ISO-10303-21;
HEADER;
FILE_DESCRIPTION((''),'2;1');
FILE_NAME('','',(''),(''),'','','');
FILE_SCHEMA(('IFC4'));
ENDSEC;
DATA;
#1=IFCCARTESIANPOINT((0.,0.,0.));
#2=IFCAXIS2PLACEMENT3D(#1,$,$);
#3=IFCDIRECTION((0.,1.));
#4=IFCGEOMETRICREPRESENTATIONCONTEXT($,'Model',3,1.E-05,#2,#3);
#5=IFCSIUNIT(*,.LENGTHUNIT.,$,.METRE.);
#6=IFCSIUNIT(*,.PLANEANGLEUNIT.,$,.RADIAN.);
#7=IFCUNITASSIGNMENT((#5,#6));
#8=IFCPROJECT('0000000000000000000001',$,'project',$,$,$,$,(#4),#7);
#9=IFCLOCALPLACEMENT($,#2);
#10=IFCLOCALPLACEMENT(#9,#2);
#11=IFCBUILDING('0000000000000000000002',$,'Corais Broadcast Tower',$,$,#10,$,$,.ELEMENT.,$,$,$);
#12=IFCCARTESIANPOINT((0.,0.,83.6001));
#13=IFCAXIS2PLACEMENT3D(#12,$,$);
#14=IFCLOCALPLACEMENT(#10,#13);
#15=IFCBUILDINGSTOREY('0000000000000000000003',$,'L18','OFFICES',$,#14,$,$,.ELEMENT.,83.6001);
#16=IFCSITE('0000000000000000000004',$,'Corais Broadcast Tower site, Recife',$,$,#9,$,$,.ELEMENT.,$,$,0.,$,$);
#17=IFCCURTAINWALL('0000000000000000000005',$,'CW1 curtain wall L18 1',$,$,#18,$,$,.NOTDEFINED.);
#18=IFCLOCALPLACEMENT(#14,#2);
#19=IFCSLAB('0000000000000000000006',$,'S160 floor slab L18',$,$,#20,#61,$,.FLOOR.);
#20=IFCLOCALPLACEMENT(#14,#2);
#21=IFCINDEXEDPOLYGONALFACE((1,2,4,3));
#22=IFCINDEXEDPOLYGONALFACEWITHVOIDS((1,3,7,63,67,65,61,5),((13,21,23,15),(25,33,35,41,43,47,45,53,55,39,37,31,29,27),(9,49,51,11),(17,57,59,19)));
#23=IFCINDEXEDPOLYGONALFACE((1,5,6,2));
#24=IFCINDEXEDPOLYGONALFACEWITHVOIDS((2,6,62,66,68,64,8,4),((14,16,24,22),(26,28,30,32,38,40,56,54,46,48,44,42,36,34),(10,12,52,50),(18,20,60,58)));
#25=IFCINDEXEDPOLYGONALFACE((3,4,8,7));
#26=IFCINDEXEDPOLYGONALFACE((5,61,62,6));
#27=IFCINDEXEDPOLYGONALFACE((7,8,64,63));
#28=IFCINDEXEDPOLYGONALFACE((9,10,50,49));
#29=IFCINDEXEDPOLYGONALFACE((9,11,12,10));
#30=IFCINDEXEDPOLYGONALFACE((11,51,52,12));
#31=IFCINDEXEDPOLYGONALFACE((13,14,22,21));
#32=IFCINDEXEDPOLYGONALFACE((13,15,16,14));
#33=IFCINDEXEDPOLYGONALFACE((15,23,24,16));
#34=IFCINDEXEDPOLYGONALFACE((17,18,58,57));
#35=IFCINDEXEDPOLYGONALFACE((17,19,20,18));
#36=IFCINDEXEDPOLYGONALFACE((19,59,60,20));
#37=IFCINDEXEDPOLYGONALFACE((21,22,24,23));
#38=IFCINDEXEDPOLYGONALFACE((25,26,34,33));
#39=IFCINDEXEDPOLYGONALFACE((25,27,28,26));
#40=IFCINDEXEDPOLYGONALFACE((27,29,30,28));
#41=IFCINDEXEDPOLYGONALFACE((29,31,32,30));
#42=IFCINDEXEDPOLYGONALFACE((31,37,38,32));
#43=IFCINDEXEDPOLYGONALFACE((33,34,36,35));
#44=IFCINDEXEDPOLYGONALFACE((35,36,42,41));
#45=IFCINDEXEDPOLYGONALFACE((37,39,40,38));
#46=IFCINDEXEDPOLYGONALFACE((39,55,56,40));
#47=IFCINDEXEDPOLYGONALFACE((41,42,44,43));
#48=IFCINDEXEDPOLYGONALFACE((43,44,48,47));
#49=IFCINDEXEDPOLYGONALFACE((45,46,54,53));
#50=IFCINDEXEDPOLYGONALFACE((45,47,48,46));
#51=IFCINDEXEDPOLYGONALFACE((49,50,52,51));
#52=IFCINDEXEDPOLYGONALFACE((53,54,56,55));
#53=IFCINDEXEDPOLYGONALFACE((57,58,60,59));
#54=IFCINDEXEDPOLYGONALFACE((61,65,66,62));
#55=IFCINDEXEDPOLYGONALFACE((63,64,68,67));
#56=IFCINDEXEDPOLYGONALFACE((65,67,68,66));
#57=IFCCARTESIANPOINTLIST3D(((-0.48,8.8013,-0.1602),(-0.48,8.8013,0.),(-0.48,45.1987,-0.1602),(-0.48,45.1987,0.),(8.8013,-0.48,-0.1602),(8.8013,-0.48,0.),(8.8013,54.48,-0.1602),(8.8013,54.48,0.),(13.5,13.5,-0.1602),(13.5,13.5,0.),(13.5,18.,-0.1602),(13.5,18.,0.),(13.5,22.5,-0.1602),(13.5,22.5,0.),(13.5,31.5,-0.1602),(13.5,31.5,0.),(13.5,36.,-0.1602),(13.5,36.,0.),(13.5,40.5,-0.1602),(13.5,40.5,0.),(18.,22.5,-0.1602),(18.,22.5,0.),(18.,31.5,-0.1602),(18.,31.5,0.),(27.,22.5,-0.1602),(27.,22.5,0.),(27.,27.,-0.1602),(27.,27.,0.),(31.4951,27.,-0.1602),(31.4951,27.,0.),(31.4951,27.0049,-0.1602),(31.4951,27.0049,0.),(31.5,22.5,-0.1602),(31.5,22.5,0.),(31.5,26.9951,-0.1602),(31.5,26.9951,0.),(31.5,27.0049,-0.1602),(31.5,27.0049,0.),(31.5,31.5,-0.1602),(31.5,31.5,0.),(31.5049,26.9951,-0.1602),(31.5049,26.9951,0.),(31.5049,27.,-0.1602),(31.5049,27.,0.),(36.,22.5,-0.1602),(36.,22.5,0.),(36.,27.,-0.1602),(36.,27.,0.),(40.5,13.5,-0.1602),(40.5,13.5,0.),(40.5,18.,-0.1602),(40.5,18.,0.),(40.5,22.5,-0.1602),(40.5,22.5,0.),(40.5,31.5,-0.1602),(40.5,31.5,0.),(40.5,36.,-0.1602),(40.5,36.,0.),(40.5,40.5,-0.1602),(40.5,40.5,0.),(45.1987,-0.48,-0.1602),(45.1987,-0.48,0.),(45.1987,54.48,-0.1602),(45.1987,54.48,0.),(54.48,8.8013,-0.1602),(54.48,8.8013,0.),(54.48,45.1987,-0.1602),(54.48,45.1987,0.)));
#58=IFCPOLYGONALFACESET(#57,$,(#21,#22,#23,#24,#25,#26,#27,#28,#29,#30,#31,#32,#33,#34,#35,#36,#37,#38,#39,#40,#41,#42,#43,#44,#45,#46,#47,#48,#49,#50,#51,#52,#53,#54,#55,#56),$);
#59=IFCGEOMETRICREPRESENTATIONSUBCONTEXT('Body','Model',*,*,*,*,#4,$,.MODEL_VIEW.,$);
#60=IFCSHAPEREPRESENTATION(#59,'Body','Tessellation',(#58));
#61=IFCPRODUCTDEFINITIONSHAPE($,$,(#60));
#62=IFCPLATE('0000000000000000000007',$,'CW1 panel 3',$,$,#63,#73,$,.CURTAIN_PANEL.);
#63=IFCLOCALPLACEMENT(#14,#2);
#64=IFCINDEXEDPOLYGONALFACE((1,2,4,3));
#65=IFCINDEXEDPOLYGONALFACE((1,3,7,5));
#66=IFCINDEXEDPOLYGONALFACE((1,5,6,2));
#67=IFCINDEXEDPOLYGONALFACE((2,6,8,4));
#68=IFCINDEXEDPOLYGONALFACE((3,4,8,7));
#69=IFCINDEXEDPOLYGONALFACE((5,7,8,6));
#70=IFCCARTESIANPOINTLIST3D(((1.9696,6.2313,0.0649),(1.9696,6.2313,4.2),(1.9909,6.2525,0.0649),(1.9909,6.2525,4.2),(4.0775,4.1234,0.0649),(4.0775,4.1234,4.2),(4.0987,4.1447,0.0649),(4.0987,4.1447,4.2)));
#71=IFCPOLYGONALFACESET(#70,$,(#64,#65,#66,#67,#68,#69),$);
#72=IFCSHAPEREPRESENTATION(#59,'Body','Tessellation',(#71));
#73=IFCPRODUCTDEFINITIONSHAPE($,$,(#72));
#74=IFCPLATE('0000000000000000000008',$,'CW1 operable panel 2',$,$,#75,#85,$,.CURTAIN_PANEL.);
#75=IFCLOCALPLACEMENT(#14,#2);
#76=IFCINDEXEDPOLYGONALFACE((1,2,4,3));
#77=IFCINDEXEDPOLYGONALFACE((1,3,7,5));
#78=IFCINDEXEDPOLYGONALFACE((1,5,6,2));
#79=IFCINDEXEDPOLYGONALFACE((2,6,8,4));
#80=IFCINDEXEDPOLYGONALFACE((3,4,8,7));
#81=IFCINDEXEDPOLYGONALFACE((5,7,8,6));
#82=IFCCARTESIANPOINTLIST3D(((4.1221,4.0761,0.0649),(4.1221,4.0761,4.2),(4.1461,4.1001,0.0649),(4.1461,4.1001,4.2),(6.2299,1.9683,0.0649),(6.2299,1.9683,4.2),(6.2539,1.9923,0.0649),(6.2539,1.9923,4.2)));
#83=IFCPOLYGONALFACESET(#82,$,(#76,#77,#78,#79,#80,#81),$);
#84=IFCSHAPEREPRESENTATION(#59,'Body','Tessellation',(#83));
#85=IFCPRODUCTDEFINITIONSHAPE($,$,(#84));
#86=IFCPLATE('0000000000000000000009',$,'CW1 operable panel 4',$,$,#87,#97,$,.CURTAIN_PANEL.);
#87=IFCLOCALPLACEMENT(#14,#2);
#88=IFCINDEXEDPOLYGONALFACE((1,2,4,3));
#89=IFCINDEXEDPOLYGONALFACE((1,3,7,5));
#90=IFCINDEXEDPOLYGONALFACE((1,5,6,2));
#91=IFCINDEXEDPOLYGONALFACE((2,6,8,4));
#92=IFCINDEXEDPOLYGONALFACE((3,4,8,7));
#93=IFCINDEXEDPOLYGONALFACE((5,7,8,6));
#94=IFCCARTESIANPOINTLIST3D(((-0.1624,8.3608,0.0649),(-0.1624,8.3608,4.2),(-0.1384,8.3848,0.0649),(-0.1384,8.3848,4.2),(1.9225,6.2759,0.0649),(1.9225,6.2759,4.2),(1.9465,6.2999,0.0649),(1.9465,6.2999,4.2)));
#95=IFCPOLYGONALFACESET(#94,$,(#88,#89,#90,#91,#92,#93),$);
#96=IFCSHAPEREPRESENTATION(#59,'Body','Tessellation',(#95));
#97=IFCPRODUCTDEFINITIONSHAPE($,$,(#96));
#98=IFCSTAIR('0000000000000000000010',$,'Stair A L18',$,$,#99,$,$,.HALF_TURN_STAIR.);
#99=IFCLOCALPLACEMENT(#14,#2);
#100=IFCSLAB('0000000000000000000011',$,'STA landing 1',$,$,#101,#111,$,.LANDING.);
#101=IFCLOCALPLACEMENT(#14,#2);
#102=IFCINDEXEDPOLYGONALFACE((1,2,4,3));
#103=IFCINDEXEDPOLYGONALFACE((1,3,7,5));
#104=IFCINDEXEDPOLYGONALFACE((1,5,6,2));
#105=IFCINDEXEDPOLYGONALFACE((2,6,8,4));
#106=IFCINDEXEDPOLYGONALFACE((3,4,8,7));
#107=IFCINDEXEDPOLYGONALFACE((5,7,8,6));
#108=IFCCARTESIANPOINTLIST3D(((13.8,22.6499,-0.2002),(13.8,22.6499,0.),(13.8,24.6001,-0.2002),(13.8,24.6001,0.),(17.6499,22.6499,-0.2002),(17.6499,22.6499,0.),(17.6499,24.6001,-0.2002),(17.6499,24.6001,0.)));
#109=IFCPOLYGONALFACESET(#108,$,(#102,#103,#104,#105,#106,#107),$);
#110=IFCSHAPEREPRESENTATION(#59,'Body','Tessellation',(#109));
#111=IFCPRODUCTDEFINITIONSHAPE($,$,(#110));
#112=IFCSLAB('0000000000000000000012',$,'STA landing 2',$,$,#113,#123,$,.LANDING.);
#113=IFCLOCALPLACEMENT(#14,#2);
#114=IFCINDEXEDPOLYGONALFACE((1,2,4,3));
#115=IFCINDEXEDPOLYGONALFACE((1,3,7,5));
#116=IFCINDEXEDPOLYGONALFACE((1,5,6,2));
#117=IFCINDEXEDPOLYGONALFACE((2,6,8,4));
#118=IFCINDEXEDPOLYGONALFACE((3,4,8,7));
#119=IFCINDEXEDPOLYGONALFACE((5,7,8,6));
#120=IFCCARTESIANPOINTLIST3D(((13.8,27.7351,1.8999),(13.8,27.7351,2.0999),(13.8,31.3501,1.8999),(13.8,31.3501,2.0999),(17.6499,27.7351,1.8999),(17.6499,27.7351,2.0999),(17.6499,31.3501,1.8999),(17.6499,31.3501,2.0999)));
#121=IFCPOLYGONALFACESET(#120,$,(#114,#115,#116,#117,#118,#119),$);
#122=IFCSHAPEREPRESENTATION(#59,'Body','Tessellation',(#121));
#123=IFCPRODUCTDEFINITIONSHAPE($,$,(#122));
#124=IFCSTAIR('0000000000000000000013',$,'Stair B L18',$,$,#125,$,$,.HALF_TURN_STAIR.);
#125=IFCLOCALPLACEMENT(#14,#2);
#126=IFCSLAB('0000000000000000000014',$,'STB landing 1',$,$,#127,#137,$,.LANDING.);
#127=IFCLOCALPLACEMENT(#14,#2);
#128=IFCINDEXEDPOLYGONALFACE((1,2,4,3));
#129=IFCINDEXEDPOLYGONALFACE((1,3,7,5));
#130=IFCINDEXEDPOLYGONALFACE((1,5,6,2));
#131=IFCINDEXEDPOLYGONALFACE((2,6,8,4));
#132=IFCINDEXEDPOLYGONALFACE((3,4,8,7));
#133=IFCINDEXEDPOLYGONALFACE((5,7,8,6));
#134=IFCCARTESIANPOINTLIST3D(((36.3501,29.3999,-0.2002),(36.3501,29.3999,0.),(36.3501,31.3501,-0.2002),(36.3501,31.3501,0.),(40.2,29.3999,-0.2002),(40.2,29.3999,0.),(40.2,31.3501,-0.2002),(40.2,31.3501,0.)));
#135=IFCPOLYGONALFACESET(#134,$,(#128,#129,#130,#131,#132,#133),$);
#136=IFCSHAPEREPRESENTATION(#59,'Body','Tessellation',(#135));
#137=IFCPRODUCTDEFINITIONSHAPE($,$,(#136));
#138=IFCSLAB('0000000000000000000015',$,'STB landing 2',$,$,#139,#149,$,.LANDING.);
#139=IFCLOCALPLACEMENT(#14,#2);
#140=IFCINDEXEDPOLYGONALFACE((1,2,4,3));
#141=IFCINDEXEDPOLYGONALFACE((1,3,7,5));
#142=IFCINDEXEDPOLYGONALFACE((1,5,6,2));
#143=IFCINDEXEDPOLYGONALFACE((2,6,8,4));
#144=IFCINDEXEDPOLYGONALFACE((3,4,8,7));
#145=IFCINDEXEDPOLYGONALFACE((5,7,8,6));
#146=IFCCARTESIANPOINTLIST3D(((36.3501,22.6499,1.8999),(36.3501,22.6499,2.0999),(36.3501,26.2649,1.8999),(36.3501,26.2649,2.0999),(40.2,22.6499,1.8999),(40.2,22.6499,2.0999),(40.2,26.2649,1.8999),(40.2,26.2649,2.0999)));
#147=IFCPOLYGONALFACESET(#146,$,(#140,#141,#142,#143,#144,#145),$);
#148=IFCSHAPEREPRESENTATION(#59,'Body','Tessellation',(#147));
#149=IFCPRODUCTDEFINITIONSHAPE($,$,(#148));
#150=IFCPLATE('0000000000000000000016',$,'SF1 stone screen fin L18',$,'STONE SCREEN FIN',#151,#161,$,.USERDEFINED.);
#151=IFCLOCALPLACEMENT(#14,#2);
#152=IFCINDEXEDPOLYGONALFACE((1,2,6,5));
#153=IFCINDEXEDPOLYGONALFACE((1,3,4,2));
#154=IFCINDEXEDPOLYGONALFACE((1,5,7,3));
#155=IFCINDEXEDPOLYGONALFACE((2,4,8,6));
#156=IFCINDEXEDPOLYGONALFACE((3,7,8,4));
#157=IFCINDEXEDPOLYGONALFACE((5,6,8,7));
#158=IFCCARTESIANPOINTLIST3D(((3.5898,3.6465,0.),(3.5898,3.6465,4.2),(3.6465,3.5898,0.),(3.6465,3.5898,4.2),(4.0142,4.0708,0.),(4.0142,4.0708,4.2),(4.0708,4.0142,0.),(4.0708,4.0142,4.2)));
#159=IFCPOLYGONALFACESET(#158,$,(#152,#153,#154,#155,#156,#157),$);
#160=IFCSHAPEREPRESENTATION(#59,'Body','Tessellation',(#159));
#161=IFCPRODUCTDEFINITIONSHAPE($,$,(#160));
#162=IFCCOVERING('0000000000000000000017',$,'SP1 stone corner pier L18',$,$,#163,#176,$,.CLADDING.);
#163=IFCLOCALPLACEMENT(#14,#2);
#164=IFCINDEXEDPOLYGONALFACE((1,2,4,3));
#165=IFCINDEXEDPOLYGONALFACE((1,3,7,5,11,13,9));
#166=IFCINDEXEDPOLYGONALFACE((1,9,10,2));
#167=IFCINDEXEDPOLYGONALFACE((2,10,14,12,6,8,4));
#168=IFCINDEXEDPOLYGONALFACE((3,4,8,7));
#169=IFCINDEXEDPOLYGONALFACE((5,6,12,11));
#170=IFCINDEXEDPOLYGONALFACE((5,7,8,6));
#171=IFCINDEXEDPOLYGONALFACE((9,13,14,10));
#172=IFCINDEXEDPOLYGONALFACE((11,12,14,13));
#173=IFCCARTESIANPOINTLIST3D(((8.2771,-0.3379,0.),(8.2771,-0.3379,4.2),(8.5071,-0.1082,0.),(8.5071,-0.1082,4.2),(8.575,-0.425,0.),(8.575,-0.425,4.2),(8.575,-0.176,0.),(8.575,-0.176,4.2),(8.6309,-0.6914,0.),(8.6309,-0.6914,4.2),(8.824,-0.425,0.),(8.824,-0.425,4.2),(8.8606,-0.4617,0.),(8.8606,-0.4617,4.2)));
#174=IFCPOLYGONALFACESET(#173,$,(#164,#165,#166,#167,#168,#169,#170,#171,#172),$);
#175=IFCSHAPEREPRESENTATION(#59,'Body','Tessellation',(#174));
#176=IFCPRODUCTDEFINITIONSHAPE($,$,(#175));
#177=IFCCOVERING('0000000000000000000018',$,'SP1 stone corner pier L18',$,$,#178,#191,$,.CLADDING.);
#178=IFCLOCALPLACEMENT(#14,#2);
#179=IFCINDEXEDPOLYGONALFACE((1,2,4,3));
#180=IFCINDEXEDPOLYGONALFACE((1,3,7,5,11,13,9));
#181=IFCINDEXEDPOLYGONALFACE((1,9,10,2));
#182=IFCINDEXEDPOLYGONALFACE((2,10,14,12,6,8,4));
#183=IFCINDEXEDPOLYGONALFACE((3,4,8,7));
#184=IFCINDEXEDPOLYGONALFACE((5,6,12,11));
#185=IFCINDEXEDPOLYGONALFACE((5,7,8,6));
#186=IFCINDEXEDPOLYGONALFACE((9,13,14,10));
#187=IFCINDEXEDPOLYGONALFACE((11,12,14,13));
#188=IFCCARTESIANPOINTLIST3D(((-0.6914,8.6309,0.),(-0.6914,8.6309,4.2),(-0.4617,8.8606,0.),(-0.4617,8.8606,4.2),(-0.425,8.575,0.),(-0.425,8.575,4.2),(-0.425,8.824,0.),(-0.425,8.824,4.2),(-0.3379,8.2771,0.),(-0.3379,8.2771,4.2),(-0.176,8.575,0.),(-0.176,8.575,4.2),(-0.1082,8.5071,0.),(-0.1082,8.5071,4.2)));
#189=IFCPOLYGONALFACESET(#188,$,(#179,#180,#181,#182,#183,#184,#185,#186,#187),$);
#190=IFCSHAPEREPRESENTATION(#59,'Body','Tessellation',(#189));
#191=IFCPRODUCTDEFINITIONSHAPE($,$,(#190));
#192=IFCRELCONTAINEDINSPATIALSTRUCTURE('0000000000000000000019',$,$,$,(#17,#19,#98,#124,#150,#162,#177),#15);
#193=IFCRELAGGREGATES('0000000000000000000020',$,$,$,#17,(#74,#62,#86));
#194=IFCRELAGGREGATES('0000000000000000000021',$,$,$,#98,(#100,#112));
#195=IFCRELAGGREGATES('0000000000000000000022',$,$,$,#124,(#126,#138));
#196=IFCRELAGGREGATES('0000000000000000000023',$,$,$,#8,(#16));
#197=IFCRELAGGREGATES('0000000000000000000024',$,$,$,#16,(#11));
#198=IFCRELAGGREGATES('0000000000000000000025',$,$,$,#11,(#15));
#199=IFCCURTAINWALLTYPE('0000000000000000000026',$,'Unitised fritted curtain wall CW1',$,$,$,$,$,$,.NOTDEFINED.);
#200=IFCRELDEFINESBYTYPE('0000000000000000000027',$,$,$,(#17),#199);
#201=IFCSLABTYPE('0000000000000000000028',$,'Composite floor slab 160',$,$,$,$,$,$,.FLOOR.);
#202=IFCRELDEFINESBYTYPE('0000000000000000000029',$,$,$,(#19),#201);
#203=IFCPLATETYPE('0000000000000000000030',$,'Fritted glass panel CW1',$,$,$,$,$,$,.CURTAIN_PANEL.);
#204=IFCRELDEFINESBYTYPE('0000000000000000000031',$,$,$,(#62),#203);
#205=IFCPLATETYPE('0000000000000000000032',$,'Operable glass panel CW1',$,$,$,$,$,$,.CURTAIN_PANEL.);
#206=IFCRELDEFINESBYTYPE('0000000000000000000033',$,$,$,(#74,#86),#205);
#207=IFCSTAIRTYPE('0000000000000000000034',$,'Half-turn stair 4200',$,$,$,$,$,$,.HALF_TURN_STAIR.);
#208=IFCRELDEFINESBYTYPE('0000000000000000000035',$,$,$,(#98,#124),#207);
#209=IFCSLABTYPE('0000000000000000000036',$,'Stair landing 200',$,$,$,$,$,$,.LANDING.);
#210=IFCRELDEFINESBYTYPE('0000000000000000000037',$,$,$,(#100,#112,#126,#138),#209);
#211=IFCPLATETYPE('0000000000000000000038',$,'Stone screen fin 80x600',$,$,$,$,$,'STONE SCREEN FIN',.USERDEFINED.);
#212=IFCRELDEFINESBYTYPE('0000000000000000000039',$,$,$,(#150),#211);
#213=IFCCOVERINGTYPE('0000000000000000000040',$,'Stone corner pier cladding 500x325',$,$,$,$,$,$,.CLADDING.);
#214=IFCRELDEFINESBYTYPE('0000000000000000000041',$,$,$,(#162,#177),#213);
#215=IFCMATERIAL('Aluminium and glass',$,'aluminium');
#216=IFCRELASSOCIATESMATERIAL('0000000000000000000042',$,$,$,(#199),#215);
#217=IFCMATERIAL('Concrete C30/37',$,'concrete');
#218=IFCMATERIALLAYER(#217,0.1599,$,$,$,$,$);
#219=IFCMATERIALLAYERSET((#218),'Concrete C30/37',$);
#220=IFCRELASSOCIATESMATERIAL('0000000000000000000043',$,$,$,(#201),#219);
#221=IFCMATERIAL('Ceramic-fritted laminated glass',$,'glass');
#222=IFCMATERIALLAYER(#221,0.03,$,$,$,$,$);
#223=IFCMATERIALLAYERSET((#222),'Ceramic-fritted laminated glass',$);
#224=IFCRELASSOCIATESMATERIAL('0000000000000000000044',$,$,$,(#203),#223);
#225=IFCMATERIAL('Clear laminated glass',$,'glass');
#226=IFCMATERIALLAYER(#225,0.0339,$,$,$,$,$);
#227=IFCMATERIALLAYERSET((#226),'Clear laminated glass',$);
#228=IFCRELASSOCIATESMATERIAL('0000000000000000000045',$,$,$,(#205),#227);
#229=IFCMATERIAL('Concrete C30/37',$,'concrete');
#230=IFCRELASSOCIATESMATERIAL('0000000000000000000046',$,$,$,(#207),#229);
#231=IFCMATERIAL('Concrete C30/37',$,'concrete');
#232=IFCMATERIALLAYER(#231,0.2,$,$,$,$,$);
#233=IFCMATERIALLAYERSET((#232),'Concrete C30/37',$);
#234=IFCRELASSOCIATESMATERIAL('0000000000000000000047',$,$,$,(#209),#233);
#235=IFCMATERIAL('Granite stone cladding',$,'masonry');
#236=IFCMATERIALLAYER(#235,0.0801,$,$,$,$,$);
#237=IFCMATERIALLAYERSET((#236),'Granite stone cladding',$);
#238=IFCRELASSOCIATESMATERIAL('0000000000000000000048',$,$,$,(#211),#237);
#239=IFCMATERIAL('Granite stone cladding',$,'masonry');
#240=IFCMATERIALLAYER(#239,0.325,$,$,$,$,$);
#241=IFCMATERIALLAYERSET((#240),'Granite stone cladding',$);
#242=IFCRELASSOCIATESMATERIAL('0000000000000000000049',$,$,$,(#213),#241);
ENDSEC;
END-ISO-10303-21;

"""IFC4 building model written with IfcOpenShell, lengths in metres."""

from ifc_helpers import new_model, si_unit, direction, frame, origin, origin_2d, place, context, subcontext, project, spatial, polyline, rectangle, outline, extrude, material, layer, layer_set, type_object, element, aggregate, save


model = new_model("IFC4")

# Units and contexts
model_context = context("Model", 3, precision=1e-05, world=origin(), true_north=direction((0.0, 1.0)))
body_context = subcontext(model_context, "Body", "Model", "MODEL_VIEW")
ifc_project = project(units=[si_unit("LENGTHUNIT", "METRE"), si_unit("PLANEANGLEUNIT", "RADIAN")], contexts=[model_context])

# Site, building, storey
site_placement = place(None, origin())
site = spatial("IfcSite", under=ifc_project, at=site_placement, Name="Corais Broadcast Tower site, Recife", CompositionType="ELEMENT", RefElevation=0.0)
building_placement = place(site_placement, origin())
building = spatial("IfcBuilding", under=site, at=building_placement, Name="Corais Broadcast Tower", CompositionType="ELEMENT")
storey_placement = place(building_placement, frame((0.0, 0.0, 83.6001)))
storey = spatial("IfcBuildingStorey", under=building, at=storey_placement, Name="L18", Description="OFFICES", CompositionType="ELEMENT", Elevation=83.6001)

# Curtain wall
ifc_material_1 = material(Name="Aluminium and glass", Category="aluminium")
curtain_wall_type = type_object("IfcCurtainWallType", Name="Unitised fritted curtain wall CW1", PredefinedType="NOTDEFINED", material=ifc_material_1)
curtain_wall_placement = place(storey_placement, origin())
curtain_wall = element("IfcCurtainWall", 1, at=curtain_wall_placement, inside=storey, type_object=curtain_wall_type, Name="CW1 curtain wall L18 1", PredefinedType="NOTDEFINED")

# Slab
ifc_material_2 = material(Name="Concrete C30/37", Category="concrete")
ifc_layer_1 = layer(ifc_material_2, 0.1599)
ifc_layer_set_1 = layer_set([ifc_layer_1], Name="Concrete C30/37")
slab_type_1 = type_object("IfcSlabType", Name="Composite floor slab 160", PredefinedType="FLOOR", material=ifc_layer_set_1)
slab_1_placement = place(storey_placement, frame((0.0, 0.0, -0.1602)))
element("IfcSlab", 2, at=slab_1_placement, inside=storey, type_object=slab_type_1, Name="S160 floor slab L18", PredefinedType="FLOOR", context=body_context, shape_type="SweptSolid", body=[
    extrude(outline(polyline([(8.8013, -0.48), (-0.48, 8.8013), (-0.48, 45.1987), (8.8013, 54.48), (45.1987, 54.48), (54.48, 45.1987), (54.48, 8.8013), (45.1987, -0.48), (8.8013, -0.48)]), holes=[polyline([(13.5, 18.0), (40.5, 18.0), (40.5, 13.5), (13.5, 13.5), (13.5, 18.0)]), polyline([(13.5, 22.5), (13.5, 31.5), (18.0, 31.5), (18.0, 22.5), (13.5, 22.5)]), polyline([(13.5, 40.5), (40.5, 40.5), (40.5, 36.0), (13.5, 36.0), (13.5, 40.5)]), polyline([(27.0, 22.5), (27.0, 27.0), (31.4951, 27.0), (31.4951, 27.0049), (31.5, 27.0049), (31.5, 31.5), (40.5, 31.5), (40.5, 22.5), (36.0, 22.5), (36.0, 27.0), (31.5049, 27.0), (31.5049, 26.9951), (31.5, 26.9951), (31.5, 22.5), (27.0, 22.5)])]), origin(), (0.0, 0.0, 1.0), 0.1602),
])

# Plates
ifc_material_3 = material(Name="Ceramic-fritted laminated glass", Category="glass")
ifc_layer_2 = layer(ifc_material_3, 0.03)
ifc_layer_set_2 = layer_set([ifc_layer_2], Name="Ceramic-fritted laminated glass")
plate_type_1 = type_object("IfcPlateType", Name="Fritted glass panel CW1", PredefinedType="CURTAIN_PANEL", material=ifc_layer_set_2)
plate_1_placement = place(storey_placement, frame((3.0342, 5.188, 0.0649), z_axis=(0.0, 0.0, 1.0), x_axis=(-0.707107, 0.707107, 0.0)))
plate_1 = element("IfcPlate", 3, at=plate_1_placement, type_object=plate_type_1, Name="CW1 panel 3", PredefinedType="CURTAIN_PANEL", context=body_context, shape_type="SweptSolid", body=[
    extrude(rectangle(XDim=2.981, YDim=0.03, at=origin_2d()), origin(), (0.0, 0.0, 1.0), 4.135),
])
ifc_material_4 = material(Name="Clear laminated glass", Category="glass")
ifc_layer_3 = layer(ifc_material_4, 0.0339)
ifc_layer_set_3 = layer_set([ifc_layer_3], Name="Clear laminated glass")
plate_type_2 = type_object("IfcPlateType", Name="Operable glass panel CW1", PredefinedType="CURTAIN_PANEL", material=ifc_layer_set_3)
plate_2_placement = place(storey_placement, frame((5.188, 3.0342, 0.0649), z_axis=(0.0, 0.0, 1.0), x_axis=(-0.707107, 0.707107, 0.0)))
plate_2 = element("IfcPlate", 4, at=plate_2_placement, type_object=plate_type_2, Name="CW1 operable panel 2", PredefinedType="CURTAIN_PANEL", context=body_context, shape_type="SweptSolid", body=[
    extrude(rectangle(XDim=2.981, YDim=0.0339, at=origin_2d()), origin(), (0.0, 0.0, 1.0), 4.135),
])
plate_3_placement = place(storey_placement, frame((0.8921, 7.3303, 0.0649), z_axis=(0.0, 0.0, 1.0), x_axis=(-0.707107, 0.707107, 0.0)))
plate_3 = element("IfcPlate", 5, at=plate_3_placement, type_object=plate_type_2, Name="CW1 operable panel 4", PredefinedType="CURTAIN_PANEL", context=body_context, shape_type="SweptSolid", body=[
    extrude(rectangle(XDim=2.9485, YDim=0.0339, at=origin_2d()), origin(), (0.0, 0.0, 1.0), 4.135),
])
aggregate(curtain_wall, [plate_2, plate_1, plate_3])

# Stairs, slabs
ifc_material_5 = material(Name="Concrete C30/37", Category="concrete")
stair_type = type_object("IfcStairType", Name="Half-turn stair 4200", PredefinedType="HALF_TURN_STAIR", material=ifc_material_5)
stair_1_placement = place(storey_placement, origin())
stair_1 = element("IfcStair", 6, at=stair_1_placement, inside=storey, type_object=stair_type, Name="Stair A L18", PredefinedType="HALF_TURN_STAIR")
ifc_material_6 = material(Name="Concrete C30/37", Category="concrete")
ifc_layer_4 = layer(ifc_material_6, 0.2)
ifc_layer_set_4 = layer_set([ifc_layer_4], Name="Concrete C30/37")
slab_type_2 = type_object("IfcSlabType", Name="Stair landing 200", PredefinedType="LANDING", material=ifc_layer_set_4)
slab_2_placement = place(storey_placement, frame((0.0, 0.0, -0.2002)))
slab_2 = element("IfcSlab", 7, at=slab_2_placement, type_object=slab_type_2, Name="STA landing 1", PredefinedType="LANDING", context=body_context, shape_type="SweptSolid", body=[
    extrude(outline(polyline([(13.8, 22.6499), (17.6499, 22.6499), (17.6499, 24.6001), (13.8, 24.6001), (13.8, 22.6499)])), origin(), (0.0, 0.0, 1.0), 0.2002),
])
slab_3_placement = place(storey_placement, frame((0.0, 0.0, 1.8999)))
slab_3 = element("IfcSlab", 8, at=slab_3_placement, type_object=slab_type_2, Name="STA landing 2", PredefinedType="LANDING", context=body_context, shape_type="SweptSolid", body=[
    extrude(outline(polyline([(13.8, 27.7351), (17.6499, 27.7351), (17.6499, 31.3501), (13.8, 31.3501), (13.8, 27.7351)])), origin(), (0.0, 0.0, 1.0), 0.2),
])
aggregate(stair_1, [slab_2, slab_3])
stair_2_placement = place(storey_placement, origin())
stair_2 = element("IfcStair", 9, at=stair_2_placement, inside=storey, type_object=stair_type, Name="Stair B L18", PredefinedType="HALF_TURN_STAIR")
slab_4_placement = place(storey_placement, frame((0.0, 0.0, -0.2002)))
slab_4 = element("IfcSlab", 10, at=slab_4_placement, type_object=slab_type_2, Name="STB landing 1", PredefinedType="LANDING", context=body_context, shape_type="SweptSolid", body=[
    extrude(outline(polyline([(36.3501, 29.3999), (40.2, 29.3999), (40.2, 31.3501), (36.3501, 31.3501), (36.3501, 29.3999)])), origin(), (0.0, 0.0, 1.0), 0.2002),
])
slab_5_placement = place(storey_placement, frame((0.0, 0.0, 1.8999)))
slab_5 = element("IfcSlab", 11, at=slab_5_placement, type_object=slab_type_2, Name="STB landing 2", PredefinedType="LANDING", context=body_context, shape_type="SweptSolid", body=[
    extrude(outline(polyline([(36.3501, 22.6499), (40.2, 22.6499), (40.2, 26.2649), (36.3501, 26.2649), (36.3501, 22.6499)])), origin(), (0.0, 0.0, 1.0), 0.2),
])
aggregate(stair_2, [slab_4, slab_5])

# Plate
ifc_material_7 = material(Name="Granite stone cladding", Category="masonry")
ifc_layer_5 = layer(ifc_material_7, 0.0801)
ifc_layer_set_5 = layer_set([ifc_layer_5], Name="Granite stone cladding")
plate_type_3 = type_object("IfcPlateType", Name="Stone screen fin 80x600", ElementType="STONE SCREEN FIN", PredefinedType="USERDEFINED", material=ifc_layer_set_5)
plate_4_placement = place(storey_placement, frame((3.8303, 3.8303, 0.0), z_axis=(0.0, 0.0, 1.0), x_axis=(-0.707107, 0.707107, 0.0)))
element("IfcPlate", 12, at=plate_4_placement, inside=storey, type_object=plate_type_3, Name="SF1 stone screen fin L18", ObjectType="STONE SCREEN FIN", PredefinedType="USERDEFINED", context=body_context, shape_type="SweptSolid", body=[
    extrude(rectangle(XDim=0.0801, YDim=0.6001, at=origin_2d()), origin(), (0.0, 0.0, 1.0), 4.2),
])

# Coverings
ifc_material_8 = material(Name="Granite stone cladding", Category="masonry")
ifc_layer_6 = layer(ifc_material_8, 0.325)
ifc_layer_set_6 = layer_set([ifc_layer_6], Name="Granite stone cladding")
covering_type_1 = type_object("IfcCoveringType", Name="Stone corner pier cladding 500x325", PredefinedType="CLADDING", material=ifc_layer_set_6)
covering_1_placement = place(storey_placement, origin())
element("IfcCovering", 13, at=covering_1_placement, inside=storey, type_object=covering_type_1, Name="SP1 stone corner pier L18", PredefinedType="CLADDING", context=body_context, shape_type="SweptSolid", body=[
    extrude(outline(polyline([(8.8606, -0.4617), (8.824, -0.425), (8.575, -0.425), (8.575, -0.176), (8.5071, -0.1082), (8.2771, -0.3379), (8.6309, -0.6914), (8.8606, -0.4617)])), origin(), (0.0, 0.0, 1.0), 4.2),
])
covering_2_placement = place(storey_placement, origin())
element("IfcCovering", 14, at=covering_2_placement, inside=storey, type_object=covering_type_1, Name="SP1 stone corner pier L18", PredefinedType="CLADDING", context=body_context, shape_type="SweptSolid", body=[
    extrude(outline(polyline([(-0.425, 8.824), (-0.4617, 8.8606), (-0.6914, 8.6309), (-0.3379, 8.2771), (-0.1082, 8.5071), (-0.176, 8.575), (-0.425, 8.575), (-0.425, 8.824)])), origin(), (0.0, 0.0, 1.0), 4.2),
])

save(model, "model.ifc")
